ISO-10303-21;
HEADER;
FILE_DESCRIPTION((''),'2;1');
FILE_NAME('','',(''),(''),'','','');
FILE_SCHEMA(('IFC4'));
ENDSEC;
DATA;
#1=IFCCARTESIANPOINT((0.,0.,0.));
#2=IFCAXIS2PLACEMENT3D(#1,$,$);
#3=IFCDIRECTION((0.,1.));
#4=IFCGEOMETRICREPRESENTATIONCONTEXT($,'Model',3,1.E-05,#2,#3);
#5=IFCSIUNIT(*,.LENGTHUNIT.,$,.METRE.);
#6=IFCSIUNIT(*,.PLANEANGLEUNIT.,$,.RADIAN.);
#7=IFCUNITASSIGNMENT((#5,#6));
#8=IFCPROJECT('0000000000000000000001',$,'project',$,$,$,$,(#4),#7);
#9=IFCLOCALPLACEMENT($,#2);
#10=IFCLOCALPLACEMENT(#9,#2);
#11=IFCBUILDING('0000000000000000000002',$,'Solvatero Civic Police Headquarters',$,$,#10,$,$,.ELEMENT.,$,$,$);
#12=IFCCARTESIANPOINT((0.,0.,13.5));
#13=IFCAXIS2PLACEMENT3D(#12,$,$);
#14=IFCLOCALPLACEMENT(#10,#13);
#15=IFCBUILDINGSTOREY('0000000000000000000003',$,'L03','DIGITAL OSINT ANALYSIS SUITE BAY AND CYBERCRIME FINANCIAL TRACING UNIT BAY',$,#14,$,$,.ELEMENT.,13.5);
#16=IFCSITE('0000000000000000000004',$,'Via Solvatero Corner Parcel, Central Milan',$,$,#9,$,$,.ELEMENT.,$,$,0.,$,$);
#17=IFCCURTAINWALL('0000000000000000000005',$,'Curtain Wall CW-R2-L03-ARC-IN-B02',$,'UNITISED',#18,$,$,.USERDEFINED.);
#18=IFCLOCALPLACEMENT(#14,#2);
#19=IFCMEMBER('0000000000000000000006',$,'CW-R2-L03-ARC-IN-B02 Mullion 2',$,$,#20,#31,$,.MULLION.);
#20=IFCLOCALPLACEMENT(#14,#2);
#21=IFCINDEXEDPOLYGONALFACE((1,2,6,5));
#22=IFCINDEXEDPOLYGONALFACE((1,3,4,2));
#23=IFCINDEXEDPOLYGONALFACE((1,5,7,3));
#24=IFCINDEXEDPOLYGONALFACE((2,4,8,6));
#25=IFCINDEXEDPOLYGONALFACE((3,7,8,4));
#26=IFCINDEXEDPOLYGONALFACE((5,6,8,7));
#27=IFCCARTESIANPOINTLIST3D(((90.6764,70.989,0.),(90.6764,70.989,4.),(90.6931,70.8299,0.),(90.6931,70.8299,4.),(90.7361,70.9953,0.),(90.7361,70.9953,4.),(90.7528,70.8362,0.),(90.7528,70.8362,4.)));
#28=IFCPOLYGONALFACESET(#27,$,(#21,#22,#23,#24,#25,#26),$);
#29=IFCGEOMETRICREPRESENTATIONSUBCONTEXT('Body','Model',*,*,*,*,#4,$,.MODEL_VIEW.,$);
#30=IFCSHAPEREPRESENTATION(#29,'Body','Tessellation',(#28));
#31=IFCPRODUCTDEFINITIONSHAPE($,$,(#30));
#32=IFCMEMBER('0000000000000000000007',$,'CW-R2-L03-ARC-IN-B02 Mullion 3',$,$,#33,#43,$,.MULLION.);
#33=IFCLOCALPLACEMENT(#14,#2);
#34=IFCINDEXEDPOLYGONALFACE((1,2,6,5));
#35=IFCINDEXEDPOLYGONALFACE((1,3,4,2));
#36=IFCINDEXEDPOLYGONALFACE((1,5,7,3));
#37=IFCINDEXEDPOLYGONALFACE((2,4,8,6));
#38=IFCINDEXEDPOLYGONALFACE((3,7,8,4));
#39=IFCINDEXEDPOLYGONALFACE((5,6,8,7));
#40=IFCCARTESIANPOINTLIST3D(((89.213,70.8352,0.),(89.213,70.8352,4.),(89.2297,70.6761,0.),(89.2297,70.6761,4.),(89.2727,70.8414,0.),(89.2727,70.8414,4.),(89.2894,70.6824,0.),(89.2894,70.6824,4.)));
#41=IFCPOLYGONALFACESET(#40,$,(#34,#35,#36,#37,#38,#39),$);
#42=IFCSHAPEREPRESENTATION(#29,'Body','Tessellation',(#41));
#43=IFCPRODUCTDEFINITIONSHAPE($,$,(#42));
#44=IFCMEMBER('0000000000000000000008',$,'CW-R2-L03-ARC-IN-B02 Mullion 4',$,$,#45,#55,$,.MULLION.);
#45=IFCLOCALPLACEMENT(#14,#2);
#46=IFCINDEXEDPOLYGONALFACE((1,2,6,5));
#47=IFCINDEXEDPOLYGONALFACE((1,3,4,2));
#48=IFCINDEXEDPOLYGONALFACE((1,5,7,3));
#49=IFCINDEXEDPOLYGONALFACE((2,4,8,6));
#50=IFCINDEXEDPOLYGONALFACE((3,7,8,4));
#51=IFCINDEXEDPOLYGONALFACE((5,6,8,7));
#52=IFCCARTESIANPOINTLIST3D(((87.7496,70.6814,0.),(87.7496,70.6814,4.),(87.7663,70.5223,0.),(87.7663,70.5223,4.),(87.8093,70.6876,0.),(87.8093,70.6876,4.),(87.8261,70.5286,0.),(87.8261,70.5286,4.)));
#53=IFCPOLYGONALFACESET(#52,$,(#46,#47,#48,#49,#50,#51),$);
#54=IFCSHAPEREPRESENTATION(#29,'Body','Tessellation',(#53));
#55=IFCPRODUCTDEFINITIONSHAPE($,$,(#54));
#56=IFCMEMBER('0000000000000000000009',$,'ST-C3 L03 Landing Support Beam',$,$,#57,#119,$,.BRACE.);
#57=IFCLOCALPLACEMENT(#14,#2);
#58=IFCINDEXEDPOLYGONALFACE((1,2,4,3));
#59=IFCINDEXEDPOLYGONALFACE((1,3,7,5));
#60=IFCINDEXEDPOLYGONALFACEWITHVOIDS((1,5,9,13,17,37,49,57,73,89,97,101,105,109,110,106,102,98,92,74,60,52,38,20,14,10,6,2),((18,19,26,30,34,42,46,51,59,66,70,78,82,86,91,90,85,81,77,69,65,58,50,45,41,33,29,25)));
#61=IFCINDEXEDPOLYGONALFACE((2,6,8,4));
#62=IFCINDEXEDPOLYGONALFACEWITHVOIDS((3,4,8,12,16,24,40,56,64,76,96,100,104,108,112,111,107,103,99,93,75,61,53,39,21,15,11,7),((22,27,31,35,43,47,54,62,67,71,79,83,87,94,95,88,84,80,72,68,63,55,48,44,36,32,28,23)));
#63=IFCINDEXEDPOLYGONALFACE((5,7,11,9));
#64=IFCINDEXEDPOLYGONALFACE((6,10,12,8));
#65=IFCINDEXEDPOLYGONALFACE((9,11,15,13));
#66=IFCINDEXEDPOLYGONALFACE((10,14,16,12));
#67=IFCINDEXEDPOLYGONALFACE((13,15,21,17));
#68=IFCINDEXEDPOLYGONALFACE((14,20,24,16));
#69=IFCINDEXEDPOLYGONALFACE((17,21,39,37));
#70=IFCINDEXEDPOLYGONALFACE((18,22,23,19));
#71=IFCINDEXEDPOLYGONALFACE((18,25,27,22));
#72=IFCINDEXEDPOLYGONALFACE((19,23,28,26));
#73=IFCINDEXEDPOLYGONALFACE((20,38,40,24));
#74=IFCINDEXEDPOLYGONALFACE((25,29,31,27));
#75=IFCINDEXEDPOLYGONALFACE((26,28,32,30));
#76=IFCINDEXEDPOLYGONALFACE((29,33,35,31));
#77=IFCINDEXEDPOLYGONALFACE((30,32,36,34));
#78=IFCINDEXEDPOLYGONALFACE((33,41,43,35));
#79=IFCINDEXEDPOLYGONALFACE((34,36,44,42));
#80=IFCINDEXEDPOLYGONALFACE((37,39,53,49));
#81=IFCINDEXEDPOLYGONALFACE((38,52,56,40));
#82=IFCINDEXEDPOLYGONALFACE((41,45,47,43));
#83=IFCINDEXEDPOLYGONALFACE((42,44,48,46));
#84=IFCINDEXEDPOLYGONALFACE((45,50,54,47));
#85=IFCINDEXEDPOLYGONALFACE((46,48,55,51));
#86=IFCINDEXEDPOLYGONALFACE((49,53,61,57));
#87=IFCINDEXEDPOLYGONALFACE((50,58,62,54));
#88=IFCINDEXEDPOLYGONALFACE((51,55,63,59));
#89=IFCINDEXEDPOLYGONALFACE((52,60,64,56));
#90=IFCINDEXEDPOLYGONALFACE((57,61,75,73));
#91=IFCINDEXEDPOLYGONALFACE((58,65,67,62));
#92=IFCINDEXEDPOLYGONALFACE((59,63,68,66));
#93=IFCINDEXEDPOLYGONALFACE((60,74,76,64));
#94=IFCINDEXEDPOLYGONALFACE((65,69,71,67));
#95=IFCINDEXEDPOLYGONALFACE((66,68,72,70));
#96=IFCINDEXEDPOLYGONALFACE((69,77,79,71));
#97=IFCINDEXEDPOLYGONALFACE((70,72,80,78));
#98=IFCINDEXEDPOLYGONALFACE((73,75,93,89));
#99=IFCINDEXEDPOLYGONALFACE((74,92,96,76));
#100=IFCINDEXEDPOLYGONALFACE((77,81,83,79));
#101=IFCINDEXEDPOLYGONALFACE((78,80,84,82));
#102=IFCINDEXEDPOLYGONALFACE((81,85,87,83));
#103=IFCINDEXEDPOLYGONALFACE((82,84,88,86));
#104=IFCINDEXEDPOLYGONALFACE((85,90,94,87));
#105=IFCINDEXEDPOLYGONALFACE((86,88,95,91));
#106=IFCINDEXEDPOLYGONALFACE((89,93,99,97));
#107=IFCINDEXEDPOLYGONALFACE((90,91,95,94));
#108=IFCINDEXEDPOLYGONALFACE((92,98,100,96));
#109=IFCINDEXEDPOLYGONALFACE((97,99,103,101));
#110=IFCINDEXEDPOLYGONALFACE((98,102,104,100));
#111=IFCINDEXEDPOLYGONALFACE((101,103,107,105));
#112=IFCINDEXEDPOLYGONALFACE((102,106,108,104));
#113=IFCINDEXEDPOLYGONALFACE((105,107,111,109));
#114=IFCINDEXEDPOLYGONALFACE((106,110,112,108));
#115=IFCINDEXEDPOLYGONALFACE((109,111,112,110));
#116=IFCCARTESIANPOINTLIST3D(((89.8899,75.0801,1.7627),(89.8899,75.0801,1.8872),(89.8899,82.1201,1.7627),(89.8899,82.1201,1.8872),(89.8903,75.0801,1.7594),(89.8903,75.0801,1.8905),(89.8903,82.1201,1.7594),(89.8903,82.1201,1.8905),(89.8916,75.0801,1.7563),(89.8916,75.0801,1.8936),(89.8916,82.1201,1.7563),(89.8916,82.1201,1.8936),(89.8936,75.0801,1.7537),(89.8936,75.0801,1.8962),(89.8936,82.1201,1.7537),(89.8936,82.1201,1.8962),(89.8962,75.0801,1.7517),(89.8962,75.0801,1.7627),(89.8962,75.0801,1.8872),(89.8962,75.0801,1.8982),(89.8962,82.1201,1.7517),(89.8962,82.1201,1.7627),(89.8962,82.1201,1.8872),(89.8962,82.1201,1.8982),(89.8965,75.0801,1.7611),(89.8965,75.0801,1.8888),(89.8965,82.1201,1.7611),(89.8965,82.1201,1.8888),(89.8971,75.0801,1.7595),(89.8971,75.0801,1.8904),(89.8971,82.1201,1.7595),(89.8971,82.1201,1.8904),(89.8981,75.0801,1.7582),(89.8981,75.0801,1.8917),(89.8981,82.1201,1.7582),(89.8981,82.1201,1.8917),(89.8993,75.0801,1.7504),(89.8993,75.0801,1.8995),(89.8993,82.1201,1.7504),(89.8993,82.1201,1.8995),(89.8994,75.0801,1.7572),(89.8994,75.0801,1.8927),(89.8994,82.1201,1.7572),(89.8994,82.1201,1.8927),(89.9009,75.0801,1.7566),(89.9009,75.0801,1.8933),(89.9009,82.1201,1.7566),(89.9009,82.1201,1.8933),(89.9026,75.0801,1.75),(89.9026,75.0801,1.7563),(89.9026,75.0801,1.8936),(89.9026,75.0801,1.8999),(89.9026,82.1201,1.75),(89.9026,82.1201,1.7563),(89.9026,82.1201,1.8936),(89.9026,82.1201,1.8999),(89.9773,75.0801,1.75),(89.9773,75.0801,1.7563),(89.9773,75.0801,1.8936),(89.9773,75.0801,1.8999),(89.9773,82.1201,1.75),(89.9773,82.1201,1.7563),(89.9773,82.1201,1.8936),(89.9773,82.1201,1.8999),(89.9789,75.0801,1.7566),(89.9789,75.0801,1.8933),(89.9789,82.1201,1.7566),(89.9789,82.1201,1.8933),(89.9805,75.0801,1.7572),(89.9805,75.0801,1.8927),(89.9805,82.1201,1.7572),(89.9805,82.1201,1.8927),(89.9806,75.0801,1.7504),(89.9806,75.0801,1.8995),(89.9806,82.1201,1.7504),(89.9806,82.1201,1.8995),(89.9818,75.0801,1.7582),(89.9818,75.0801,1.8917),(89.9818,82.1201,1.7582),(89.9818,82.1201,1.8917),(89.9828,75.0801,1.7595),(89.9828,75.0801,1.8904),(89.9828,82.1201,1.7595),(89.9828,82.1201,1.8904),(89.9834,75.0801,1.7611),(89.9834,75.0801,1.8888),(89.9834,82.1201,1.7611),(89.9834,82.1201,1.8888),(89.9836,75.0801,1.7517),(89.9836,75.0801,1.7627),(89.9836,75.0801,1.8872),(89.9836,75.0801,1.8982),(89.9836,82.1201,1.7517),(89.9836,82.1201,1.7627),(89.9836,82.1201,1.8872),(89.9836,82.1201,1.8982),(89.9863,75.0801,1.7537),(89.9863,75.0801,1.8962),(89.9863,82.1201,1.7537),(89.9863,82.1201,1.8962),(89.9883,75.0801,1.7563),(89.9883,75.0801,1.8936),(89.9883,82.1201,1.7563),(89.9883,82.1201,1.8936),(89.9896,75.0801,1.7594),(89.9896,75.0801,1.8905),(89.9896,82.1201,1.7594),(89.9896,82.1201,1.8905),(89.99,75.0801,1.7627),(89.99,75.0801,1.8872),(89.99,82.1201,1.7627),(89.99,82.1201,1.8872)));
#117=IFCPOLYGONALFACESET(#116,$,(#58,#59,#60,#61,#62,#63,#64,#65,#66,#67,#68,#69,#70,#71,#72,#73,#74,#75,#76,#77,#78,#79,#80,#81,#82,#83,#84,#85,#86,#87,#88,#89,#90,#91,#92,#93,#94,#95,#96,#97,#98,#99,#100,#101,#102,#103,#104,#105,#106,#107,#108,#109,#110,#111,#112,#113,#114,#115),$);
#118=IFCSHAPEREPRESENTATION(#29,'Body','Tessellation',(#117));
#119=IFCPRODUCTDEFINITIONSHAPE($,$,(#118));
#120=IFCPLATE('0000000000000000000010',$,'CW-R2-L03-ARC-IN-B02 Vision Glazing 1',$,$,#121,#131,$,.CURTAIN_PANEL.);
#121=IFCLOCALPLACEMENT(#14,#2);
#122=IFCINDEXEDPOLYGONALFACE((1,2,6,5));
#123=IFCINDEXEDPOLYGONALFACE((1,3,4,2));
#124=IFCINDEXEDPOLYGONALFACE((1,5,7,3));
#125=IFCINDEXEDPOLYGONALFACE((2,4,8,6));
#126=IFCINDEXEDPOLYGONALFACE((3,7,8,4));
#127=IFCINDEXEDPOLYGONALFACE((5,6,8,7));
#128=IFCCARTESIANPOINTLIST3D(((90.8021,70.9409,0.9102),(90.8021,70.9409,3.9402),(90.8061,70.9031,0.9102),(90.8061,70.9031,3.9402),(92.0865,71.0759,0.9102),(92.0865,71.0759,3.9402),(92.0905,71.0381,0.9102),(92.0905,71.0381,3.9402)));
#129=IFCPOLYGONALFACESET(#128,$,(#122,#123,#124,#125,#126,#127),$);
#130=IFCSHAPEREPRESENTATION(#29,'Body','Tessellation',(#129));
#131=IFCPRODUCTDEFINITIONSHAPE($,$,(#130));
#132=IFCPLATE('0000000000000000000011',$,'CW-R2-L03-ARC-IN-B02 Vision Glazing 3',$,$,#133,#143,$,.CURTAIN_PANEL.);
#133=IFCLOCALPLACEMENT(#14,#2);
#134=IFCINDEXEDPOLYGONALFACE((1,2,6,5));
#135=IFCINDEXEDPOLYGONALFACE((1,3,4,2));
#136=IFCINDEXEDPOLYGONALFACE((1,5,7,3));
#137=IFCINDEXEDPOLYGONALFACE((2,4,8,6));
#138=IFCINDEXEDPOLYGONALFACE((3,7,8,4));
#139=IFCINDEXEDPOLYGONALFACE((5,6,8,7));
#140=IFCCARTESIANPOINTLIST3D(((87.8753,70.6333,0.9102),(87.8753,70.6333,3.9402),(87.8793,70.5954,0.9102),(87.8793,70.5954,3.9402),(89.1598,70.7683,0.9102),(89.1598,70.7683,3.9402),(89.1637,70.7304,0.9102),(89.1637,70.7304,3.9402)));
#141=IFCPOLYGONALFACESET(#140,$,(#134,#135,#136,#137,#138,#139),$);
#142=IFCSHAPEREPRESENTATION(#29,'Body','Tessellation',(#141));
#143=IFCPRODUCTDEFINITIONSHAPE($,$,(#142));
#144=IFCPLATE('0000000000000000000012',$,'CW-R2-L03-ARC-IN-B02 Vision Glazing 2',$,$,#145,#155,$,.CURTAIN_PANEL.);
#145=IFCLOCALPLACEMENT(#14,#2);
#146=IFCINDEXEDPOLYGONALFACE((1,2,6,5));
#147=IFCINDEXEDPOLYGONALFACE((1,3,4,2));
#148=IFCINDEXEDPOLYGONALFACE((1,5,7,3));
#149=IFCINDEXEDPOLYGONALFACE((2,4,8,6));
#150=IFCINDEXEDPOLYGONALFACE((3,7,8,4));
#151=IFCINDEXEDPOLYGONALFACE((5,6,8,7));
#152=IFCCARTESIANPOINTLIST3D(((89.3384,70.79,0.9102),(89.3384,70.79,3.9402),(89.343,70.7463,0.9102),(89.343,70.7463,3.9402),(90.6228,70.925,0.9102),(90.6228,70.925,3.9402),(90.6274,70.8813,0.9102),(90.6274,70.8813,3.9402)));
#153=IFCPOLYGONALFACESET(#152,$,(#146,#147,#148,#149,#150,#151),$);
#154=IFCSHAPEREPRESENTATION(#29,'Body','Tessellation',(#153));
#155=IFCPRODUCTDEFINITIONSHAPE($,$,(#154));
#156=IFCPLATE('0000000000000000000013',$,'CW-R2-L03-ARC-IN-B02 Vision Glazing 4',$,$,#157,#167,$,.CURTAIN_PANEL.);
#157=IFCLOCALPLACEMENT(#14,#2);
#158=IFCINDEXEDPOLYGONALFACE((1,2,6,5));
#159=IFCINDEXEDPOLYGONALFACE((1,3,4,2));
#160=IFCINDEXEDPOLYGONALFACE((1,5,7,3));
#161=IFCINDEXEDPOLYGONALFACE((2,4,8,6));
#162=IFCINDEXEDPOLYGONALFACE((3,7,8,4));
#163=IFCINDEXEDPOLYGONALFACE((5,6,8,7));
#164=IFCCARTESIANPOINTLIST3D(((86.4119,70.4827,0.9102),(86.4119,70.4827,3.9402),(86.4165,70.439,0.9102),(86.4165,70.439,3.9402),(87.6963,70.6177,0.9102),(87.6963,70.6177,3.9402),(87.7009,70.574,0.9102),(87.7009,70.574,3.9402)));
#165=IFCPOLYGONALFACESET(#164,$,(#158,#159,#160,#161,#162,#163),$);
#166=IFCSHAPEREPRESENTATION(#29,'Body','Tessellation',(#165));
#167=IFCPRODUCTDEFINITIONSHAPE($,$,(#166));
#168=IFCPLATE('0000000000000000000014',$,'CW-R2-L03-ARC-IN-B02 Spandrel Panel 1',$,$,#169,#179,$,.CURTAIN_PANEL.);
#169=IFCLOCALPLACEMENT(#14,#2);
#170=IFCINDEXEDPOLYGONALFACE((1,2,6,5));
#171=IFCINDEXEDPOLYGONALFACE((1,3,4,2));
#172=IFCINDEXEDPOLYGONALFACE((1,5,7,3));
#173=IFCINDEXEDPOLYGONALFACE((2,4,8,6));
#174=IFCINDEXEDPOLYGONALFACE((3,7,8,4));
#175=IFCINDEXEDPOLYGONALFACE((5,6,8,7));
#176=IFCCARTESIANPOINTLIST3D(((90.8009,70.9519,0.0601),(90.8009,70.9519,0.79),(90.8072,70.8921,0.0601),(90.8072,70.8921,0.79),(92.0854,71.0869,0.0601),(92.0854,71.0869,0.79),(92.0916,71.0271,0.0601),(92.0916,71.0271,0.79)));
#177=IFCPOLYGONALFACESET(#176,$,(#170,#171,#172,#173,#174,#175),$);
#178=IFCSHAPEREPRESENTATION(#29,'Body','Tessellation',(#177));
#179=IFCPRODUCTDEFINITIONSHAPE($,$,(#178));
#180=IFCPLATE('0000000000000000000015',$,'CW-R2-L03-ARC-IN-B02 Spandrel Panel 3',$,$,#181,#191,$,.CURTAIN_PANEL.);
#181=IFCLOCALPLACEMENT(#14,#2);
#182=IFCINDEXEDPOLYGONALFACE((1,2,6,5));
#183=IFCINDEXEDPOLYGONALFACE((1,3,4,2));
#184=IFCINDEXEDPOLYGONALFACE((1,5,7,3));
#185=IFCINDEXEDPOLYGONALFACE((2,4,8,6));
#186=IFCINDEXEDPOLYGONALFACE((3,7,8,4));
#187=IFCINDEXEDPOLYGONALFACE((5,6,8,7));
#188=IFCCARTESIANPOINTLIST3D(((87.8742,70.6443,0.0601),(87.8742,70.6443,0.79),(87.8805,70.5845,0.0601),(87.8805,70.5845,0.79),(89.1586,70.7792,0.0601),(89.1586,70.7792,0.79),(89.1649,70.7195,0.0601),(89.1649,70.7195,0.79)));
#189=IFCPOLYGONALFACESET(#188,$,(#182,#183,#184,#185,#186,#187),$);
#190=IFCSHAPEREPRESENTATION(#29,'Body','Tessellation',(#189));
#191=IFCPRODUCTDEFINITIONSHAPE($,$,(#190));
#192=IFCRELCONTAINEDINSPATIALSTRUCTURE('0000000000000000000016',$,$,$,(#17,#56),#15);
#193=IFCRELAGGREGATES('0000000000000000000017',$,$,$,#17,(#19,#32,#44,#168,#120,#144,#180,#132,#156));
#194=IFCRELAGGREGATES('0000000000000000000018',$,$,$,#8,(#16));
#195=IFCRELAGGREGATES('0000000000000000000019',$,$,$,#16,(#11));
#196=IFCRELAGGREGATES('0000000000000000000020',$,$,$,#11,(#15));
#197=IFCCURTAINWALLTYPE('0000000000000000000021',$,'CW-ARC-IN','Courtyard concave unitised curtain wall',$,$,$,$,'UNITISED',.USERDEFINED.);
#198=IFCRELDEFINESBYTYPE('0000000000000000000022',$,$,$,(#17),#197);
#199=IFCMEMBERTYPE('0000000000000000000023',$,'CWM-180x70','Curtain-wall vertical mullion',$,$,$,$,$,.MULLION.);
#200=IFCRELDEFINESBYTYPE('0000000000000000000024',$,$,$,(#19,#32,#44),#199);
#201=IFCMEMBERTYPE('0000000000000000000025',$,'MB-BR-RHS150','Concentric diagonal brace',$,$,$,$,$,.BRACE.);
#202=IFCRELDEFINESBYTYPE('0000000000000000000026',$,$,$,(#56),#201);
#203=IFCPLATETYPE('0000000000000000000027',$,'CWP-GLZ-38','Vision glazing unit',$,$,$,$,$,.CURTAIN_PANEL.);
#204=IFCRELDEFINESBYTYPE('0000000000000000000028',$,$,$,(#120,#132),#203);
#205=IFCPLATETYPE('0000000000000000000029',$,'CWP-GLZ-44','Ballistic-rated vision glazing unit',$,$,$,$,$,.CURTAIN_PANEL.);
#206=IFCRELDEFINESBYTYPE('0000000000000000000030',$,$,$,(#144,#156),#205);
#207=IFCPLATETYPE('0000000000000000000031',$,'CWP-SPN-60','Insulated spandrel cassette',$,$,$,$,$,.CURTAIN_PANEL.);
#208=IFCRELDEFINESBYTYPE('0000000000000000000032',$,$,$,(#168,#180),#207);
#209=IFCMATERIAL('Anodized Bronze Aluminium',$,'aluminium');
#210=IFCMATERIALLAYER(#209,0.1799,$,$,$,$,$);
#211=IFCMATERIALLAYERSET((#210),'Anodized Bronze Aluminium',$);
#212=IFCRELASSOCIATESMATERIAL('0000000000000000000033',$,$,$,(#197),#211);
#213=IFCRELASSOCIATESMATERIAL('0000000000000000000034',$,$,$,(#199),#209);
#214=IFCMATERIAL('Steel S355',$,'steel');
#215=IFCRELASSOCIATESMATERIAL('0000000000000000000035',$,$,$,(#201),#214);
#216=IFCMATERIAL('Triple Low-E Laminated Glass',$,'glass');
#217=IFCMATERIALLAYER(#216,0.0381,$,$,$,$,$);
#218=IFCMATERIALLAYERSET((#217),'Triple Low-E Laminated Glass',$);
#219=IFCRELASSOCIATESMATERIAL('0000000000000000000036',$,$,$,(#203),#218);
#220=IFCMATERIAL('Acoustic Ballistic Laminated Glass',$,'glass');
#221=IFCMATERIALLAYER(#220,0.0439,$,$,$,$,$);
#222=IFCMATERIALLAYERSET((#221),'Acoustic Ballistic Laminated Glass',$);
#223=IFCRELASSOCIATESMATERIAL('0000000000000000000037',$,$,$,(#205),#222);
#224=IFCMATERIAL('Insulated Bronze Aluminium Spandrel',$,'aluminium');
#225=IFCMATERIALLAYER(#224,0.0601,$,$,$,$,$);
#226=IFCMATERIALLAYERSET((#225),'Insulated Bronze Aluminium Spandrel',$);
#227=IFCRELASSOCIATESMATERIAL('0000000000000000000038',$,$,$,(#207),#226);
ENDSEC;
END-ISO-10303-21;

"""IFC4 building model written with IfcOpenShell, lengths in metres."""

from ifc_helpers import new_model, si_unit, direction, frame, origin, origin_2d, place, context, subcontext, project, spatial, rectangle, hollow_rectangle, extrude, material, layer, layer_set, material_profile, profile_set, type_object, element, aggregate, save


model = new_model("IFC4")

# Units and contexts
model_context = context("Model", 3, precision=1e-05, world=origin(), true_north=direction((0.0, 1.0)))
body_context = subcontext(model_context, "Body", "Model", "MODEL_VIEW")
ifc_project = project(units=[si_unit("LENGTHUNIT", "METRE"), si_unit("PLANEANGLEUNIT", "RADIAN")], contexts=[model_context])

# Site, building, storey
site_placement = place(None, origin())
site = spatial("IfcSite", under=ifc_project, at=site_placement, Name="Via Solvatero Corner Parcel, Central Milan", CompositionType="ELEMENT", RefElevation=0.0)
building_placement = place(site_placement, origin())
building = spatial("IfcBuilding", under=site, at=building_placement, Name="Solvatero Civic Police Headquarters", CompositionType="ELEMENT")
storey_placement = place(building_placement, frame((0.0, 0.0, 13.5)))
storey = spatial("IfcBuildingStorey", under=building, at=storey_placement, Name="L03", Description="DIGITAL OSINT ANALYSIS SUITE BAY AND CYBERCRIME FINANCIAL TRACING UNIT BAY", CompositionType="ELEMENT", Elevation=13.5)

# Curtain wall, members
ifc_material_1 = material(Name="Anodized Bronze Aluminium", Category="aluminium")
ifc_layer_1 = layer(ifc_material_1, 0.1799)
ifc_layer_set_1 = layer_set([ifc_layer_1], Name="Anodized Bronze Aluminium")
curtain_wall_type = type_object("IfcCurtainWallType", Name="CW-ARC-IN", Description="Courtyard concave unitised curtain wall", ElementType="UNITISED", PredefinedType="USERDEFINED", material=ifc_layer_set_1)
curtain_wall_placement = place(storey_placement, origin())
curtain_wall = element("IfcCurtainWall", 1, at=curtain_wall_placement, inside=storey, type_object=curtain_wall_type, Name="Curtain Wall CW-R2-L03-ARC-IN-B02", ObjectType="UNITISED", PredefinedType="USERDEFINED")
ifc_material_profile_1 = material_profile(ifc_material_1, rectangle(XDim=0.0601, YDim=0.1599, at=origin_2d()), Name="ALU MULLION 60x160")
ifc_profile_set_1 = profile_set([ifc_material_profile_1], Name="Anodized Bronze Aluminium")
member_type_1 = type_object("IfcMemberType", Name="CWM-180x70", Description="Curtain-wall vertical mullion", PredefinedType="MULLION", material=ifc_profile_set_1)
member_1_placement = place(storey_placement, frame((90.7146, 70.9126, 0.0), z_axis=(0.0, 0.0, 1.0), x_axis=(-0.994522, -0.104528, 0.0)))
member_1 = element("IfcMember", 2, at=member_1_placement, type_object=member_type_1, Name="CW-R2-L03-ARC-IN-B02 Mullion 2", PredefinedType="MULLION", context=body_context, shape_type="SweptSolid", body=[
    extrude(rectangle(XDim=0.0601, YDim=0.1599, at=origin_2d()), origin(), (0.0, 0.0, 1.0), 4.0),
])
member_2_placement = place(storey_placement, frame((89.2512, 70.7588, 0.0), z_axis=(0.0, 0.0, 1.0), x_axis=(-0.994522, -0.104528, 0.0)))
member_2 = element("IfcMember", 3, at=member_2_placement, type_object=member_type_1, Name="CW-R2-L03-ARC-IN-B02 Mullion 3", PredefinedType="MULLION", context=body_context, shape_type="SweptSolid", body=[
    extrude(rectangle(XDim=0.0601, YDim=0.1599, at=origin_2d()), origin(), (0.0, 0.0, 1.0), 4.0),
])
member_3_placement = place(storey_placement, frame((87.7878, 70.605, 0.0), z_axis=(0.0, 0.0, 1.0), x_axis=(-0.994522, -0.104528, 0.0)))
member_3 = element("IfcMember", 4, at=member_3_placement, type_object=member_type_1, Name="CW-R2-L03-ARC-IN-B02 Mullion 4", PredefinedType="MULLION", context=body_context, shape_type="SweptSolid", body=[
    extrude(rectangle(XDim=0.0601, YDim=0.1599, at=origin_2d()), origin(), (0.0, 0.0, 1.0), 4.0),
])

# Member
ifc_material_2 = material(Name="Steel S355", Category="steel")
ifc_material_profile_2 = material_profile(ifc_material_2, hollow_rectangle(XDim=0.1001, YDim=0.1499, WallThickness=0.0063, InnerFilletRadius=0.0063, OuterFilletRadius=0.0127, at=origin_2d()), Name="RHS 150x100x6.3")
ifc_profile_set_2 = profile_set([ifc_material_profile_2], Name="Steel S355")
member_type_2 = type_object("IfcMemberType", Name="MB-BR-RHS150", Description="Concentric diagonal brace", PredefinedType="BRACE", material=ifc_profile_set_2)
member_4_placement = place(storey_placement, frame((89.9399, 75.0801, 1.825), z_axis=(0.0, 1.0, 0.0), x_axis=(-1.0, 0.0, 0.0)))
element("IfcMember", 5, at=member_4_placement, inside=storey, type_object=member_type_2, Name="ST-C3 L03 Landing Support Beam", PredefinedType="BRACE", context=body_context, shape_type="SweptSolid", body=[
    extrude(hollow_rectangle(XDim=0.1001, YDim=0.1499, WallThickness=0.0063, InnerFilletRadius=0.0063, OuterFilletRadius=0.0127, at=origin_2d()), origin(), (0.0, 0.0, 1.0), 7.04),
])

# Plates
ifc_material_3 = material(Name="Triple Low-E Laminated Glass", Category="glass")
ifc_layer_2 = layer(ifc_material_3, 0.0381)
ifc_layer_set_2 = layer_set([ifc_layer_2], Name="Triple Low-E Laminated Glass")
plate_type_1 = type_object("IfcPlateType", Name="CWP-GLZ-38", Description="Vision glazing unit", PredefinedType="CURTAIN_PANEL", material=ifc_layer_set_2)
plate_1_placement = place(storey_placement, frame((91.4463, 70.9895, 0.9102), z_axis=(0.0, 0.0, 1.0), x_axis=(-0.994522, -0.104528, 0.0)))
plate_1 = element("IfcPlate", 6, at=plate_1_placement, type_object=plate_type_1, Name="CW-R2-L03-ARC-IN-B02 Vision Glazing 1", PredefinedType="CURTAIN_PANEL", context=body_context, shape_type="SweptSolid", body=[
    extrude(rectangle(XDim=1.2915, YDim=0.0381, at=origin_2d()), origin(), (0.0, 0.0, 1.0), 3.03),
])
plate_2_placement = place(storey_placement, frame((88.5195, 70.6819, 0.9102), z_axis=(0.0, 0.0, 1.0), x_axis=(-0.994522, -0.104528, 0.0)))
plate_2 = element("IfcPlate", 7, at=plate_2_placement, type_object=plate_type_1, Name="CW-R2-L03-ARC-IN-B02 Vision Glazing 3", PredefinedType="CURTAIN_PANEL", context=body_context, shape_type="SweptSolid", body=[
    extrude(rectangle(XDim=1.2915, YDim=0.0381, at=origin_2d()), origin(), (0.0, 0.0, 1.0), 3.03),
])
ifc_material_4 = material(Name="Acoustic Ballistic Laminated Glass", Category="glass")
ifc_layer_3 = layer(ifc_material_4, 0.0439)
ifc_layer_set_3 = layer_set([ifc_layer_3], Name="Acoustic Ballistic Laminated Glass")
plate_type_2 = type_object("IfcPlateType", Name="CWP-GLZ-44", Description="Ballistic-rated vision glazing unit", PredefinedType="CURTAIN_PANEL", material=ifc_layer_set_3)
plate_3_placement = place(storey_placement, frame((89.9829, 70.8357, 0.9102), z_axis=(0.0, 0.0, 1.0), x_axis=(-0.994522, -0.104528, 0.0)))
plate_3 = element("IfcPlate", 8, at=plate_3_placement, type_object=plate_type_2, Name="CW-R2-L03-ARC-IN-B02 Vision Glazing 2", PredefinedType="CURTAIN_PANEL", context=body_context, shape_type="SweptSolid", body=[
    extrude(rectangle(XDim=1.2915, YDim=0.0439, at=origin_2d()), origin(), (0.0, 0.0, 1.0), 3.03),
])
plate_4_placement = place(storey_placement, frame((87.0564, 70.5283, 0.9102), z_axis=(0.0, 0.0, 1.0), x_axis=(-0.994522, -0.104528, 0.0)))
plate_4 = element("IfcPlate", 9, at=plate_4_placement, type_object=plate_type_2, Name="CW-R2-L03-ARC-IN-B02 Vision Glazing 4", PredefinedType="CURTAIN_PANEL", context=body_context, shape_type="SweptSolid", body=[
    extrude(rectangle(XDim=1.2915, YDim=0.0439, at=origin_2d()), origin(), (0.0, 0.0, 1.0), 3.03),
])
ifc_material_5 = material(Name="Insulated Bronze Aluminium Spandrel", Category="aluminium")
ifc_layer_4 = layer(ifc_material_5, 0.0601)
ifc_layer_set_4 = layer_set([ifc_layer_4], Name="Insulated Bronze Aluminium Spandrel")
plate_type_3 = type_object("IfcPlateType", Name="CWP-SPN-60", Description="Insulated spandrel cassette", PredefinedType="CURTAIN_PANEL", material=ifc_layer_set_4)
plate_5_placement = place(storey_placement, frame((91.4463, 70.9895, 0.0601), z_axis=(0.0, 0.0, 1.0), x_axis=(-0.994522, -0.104528, 0.0)))
plate_5 = element("IfcPlate", 10, at=plate_5_placement, type_object=plate_type_3, Name="CW-R2-L03-ARC-IN-B02 Spandrel Panel 1", PredefinedType="CURTAIN_PANEL", context=body_context, shape_type="SweptSolid", body=[
    extrude(rectangle(XDim=1.2915, YDim=0.0601, at=origin_2d()), origin(), (0.0, 0.0, 1.0), 0.73),
])
plate_6_placement = place(storey_placement, frame((88.5195, 70.6819, 0.0601), z_axis=(0.0, 0.0, 1.0), x_axis=(-0.994522, -0.104528, 0.0)))
plate_6 = element("IfcPlate", 11, at=plate_6_placement, type_object=plate_type_3, Name="CW-R2-L03-ARC-IN-B02 Spandrel Panel 3", PredefinedType="CURTAIN_PANEL", context=body_context, shape_type="SweptSolid", body=[
    extrude(rectangle(XDim=1.2915, YDim=0.0601, at=origin_2d()), origin(), (0.0, 0.0, 1.0), 0.73),
])
aggregate(curtain_wall, [member_1, member_2, member_3, plate_5, plate_1, plate_3, plate_6, plate_2, plate_4])

save(model, "model.ifc")
